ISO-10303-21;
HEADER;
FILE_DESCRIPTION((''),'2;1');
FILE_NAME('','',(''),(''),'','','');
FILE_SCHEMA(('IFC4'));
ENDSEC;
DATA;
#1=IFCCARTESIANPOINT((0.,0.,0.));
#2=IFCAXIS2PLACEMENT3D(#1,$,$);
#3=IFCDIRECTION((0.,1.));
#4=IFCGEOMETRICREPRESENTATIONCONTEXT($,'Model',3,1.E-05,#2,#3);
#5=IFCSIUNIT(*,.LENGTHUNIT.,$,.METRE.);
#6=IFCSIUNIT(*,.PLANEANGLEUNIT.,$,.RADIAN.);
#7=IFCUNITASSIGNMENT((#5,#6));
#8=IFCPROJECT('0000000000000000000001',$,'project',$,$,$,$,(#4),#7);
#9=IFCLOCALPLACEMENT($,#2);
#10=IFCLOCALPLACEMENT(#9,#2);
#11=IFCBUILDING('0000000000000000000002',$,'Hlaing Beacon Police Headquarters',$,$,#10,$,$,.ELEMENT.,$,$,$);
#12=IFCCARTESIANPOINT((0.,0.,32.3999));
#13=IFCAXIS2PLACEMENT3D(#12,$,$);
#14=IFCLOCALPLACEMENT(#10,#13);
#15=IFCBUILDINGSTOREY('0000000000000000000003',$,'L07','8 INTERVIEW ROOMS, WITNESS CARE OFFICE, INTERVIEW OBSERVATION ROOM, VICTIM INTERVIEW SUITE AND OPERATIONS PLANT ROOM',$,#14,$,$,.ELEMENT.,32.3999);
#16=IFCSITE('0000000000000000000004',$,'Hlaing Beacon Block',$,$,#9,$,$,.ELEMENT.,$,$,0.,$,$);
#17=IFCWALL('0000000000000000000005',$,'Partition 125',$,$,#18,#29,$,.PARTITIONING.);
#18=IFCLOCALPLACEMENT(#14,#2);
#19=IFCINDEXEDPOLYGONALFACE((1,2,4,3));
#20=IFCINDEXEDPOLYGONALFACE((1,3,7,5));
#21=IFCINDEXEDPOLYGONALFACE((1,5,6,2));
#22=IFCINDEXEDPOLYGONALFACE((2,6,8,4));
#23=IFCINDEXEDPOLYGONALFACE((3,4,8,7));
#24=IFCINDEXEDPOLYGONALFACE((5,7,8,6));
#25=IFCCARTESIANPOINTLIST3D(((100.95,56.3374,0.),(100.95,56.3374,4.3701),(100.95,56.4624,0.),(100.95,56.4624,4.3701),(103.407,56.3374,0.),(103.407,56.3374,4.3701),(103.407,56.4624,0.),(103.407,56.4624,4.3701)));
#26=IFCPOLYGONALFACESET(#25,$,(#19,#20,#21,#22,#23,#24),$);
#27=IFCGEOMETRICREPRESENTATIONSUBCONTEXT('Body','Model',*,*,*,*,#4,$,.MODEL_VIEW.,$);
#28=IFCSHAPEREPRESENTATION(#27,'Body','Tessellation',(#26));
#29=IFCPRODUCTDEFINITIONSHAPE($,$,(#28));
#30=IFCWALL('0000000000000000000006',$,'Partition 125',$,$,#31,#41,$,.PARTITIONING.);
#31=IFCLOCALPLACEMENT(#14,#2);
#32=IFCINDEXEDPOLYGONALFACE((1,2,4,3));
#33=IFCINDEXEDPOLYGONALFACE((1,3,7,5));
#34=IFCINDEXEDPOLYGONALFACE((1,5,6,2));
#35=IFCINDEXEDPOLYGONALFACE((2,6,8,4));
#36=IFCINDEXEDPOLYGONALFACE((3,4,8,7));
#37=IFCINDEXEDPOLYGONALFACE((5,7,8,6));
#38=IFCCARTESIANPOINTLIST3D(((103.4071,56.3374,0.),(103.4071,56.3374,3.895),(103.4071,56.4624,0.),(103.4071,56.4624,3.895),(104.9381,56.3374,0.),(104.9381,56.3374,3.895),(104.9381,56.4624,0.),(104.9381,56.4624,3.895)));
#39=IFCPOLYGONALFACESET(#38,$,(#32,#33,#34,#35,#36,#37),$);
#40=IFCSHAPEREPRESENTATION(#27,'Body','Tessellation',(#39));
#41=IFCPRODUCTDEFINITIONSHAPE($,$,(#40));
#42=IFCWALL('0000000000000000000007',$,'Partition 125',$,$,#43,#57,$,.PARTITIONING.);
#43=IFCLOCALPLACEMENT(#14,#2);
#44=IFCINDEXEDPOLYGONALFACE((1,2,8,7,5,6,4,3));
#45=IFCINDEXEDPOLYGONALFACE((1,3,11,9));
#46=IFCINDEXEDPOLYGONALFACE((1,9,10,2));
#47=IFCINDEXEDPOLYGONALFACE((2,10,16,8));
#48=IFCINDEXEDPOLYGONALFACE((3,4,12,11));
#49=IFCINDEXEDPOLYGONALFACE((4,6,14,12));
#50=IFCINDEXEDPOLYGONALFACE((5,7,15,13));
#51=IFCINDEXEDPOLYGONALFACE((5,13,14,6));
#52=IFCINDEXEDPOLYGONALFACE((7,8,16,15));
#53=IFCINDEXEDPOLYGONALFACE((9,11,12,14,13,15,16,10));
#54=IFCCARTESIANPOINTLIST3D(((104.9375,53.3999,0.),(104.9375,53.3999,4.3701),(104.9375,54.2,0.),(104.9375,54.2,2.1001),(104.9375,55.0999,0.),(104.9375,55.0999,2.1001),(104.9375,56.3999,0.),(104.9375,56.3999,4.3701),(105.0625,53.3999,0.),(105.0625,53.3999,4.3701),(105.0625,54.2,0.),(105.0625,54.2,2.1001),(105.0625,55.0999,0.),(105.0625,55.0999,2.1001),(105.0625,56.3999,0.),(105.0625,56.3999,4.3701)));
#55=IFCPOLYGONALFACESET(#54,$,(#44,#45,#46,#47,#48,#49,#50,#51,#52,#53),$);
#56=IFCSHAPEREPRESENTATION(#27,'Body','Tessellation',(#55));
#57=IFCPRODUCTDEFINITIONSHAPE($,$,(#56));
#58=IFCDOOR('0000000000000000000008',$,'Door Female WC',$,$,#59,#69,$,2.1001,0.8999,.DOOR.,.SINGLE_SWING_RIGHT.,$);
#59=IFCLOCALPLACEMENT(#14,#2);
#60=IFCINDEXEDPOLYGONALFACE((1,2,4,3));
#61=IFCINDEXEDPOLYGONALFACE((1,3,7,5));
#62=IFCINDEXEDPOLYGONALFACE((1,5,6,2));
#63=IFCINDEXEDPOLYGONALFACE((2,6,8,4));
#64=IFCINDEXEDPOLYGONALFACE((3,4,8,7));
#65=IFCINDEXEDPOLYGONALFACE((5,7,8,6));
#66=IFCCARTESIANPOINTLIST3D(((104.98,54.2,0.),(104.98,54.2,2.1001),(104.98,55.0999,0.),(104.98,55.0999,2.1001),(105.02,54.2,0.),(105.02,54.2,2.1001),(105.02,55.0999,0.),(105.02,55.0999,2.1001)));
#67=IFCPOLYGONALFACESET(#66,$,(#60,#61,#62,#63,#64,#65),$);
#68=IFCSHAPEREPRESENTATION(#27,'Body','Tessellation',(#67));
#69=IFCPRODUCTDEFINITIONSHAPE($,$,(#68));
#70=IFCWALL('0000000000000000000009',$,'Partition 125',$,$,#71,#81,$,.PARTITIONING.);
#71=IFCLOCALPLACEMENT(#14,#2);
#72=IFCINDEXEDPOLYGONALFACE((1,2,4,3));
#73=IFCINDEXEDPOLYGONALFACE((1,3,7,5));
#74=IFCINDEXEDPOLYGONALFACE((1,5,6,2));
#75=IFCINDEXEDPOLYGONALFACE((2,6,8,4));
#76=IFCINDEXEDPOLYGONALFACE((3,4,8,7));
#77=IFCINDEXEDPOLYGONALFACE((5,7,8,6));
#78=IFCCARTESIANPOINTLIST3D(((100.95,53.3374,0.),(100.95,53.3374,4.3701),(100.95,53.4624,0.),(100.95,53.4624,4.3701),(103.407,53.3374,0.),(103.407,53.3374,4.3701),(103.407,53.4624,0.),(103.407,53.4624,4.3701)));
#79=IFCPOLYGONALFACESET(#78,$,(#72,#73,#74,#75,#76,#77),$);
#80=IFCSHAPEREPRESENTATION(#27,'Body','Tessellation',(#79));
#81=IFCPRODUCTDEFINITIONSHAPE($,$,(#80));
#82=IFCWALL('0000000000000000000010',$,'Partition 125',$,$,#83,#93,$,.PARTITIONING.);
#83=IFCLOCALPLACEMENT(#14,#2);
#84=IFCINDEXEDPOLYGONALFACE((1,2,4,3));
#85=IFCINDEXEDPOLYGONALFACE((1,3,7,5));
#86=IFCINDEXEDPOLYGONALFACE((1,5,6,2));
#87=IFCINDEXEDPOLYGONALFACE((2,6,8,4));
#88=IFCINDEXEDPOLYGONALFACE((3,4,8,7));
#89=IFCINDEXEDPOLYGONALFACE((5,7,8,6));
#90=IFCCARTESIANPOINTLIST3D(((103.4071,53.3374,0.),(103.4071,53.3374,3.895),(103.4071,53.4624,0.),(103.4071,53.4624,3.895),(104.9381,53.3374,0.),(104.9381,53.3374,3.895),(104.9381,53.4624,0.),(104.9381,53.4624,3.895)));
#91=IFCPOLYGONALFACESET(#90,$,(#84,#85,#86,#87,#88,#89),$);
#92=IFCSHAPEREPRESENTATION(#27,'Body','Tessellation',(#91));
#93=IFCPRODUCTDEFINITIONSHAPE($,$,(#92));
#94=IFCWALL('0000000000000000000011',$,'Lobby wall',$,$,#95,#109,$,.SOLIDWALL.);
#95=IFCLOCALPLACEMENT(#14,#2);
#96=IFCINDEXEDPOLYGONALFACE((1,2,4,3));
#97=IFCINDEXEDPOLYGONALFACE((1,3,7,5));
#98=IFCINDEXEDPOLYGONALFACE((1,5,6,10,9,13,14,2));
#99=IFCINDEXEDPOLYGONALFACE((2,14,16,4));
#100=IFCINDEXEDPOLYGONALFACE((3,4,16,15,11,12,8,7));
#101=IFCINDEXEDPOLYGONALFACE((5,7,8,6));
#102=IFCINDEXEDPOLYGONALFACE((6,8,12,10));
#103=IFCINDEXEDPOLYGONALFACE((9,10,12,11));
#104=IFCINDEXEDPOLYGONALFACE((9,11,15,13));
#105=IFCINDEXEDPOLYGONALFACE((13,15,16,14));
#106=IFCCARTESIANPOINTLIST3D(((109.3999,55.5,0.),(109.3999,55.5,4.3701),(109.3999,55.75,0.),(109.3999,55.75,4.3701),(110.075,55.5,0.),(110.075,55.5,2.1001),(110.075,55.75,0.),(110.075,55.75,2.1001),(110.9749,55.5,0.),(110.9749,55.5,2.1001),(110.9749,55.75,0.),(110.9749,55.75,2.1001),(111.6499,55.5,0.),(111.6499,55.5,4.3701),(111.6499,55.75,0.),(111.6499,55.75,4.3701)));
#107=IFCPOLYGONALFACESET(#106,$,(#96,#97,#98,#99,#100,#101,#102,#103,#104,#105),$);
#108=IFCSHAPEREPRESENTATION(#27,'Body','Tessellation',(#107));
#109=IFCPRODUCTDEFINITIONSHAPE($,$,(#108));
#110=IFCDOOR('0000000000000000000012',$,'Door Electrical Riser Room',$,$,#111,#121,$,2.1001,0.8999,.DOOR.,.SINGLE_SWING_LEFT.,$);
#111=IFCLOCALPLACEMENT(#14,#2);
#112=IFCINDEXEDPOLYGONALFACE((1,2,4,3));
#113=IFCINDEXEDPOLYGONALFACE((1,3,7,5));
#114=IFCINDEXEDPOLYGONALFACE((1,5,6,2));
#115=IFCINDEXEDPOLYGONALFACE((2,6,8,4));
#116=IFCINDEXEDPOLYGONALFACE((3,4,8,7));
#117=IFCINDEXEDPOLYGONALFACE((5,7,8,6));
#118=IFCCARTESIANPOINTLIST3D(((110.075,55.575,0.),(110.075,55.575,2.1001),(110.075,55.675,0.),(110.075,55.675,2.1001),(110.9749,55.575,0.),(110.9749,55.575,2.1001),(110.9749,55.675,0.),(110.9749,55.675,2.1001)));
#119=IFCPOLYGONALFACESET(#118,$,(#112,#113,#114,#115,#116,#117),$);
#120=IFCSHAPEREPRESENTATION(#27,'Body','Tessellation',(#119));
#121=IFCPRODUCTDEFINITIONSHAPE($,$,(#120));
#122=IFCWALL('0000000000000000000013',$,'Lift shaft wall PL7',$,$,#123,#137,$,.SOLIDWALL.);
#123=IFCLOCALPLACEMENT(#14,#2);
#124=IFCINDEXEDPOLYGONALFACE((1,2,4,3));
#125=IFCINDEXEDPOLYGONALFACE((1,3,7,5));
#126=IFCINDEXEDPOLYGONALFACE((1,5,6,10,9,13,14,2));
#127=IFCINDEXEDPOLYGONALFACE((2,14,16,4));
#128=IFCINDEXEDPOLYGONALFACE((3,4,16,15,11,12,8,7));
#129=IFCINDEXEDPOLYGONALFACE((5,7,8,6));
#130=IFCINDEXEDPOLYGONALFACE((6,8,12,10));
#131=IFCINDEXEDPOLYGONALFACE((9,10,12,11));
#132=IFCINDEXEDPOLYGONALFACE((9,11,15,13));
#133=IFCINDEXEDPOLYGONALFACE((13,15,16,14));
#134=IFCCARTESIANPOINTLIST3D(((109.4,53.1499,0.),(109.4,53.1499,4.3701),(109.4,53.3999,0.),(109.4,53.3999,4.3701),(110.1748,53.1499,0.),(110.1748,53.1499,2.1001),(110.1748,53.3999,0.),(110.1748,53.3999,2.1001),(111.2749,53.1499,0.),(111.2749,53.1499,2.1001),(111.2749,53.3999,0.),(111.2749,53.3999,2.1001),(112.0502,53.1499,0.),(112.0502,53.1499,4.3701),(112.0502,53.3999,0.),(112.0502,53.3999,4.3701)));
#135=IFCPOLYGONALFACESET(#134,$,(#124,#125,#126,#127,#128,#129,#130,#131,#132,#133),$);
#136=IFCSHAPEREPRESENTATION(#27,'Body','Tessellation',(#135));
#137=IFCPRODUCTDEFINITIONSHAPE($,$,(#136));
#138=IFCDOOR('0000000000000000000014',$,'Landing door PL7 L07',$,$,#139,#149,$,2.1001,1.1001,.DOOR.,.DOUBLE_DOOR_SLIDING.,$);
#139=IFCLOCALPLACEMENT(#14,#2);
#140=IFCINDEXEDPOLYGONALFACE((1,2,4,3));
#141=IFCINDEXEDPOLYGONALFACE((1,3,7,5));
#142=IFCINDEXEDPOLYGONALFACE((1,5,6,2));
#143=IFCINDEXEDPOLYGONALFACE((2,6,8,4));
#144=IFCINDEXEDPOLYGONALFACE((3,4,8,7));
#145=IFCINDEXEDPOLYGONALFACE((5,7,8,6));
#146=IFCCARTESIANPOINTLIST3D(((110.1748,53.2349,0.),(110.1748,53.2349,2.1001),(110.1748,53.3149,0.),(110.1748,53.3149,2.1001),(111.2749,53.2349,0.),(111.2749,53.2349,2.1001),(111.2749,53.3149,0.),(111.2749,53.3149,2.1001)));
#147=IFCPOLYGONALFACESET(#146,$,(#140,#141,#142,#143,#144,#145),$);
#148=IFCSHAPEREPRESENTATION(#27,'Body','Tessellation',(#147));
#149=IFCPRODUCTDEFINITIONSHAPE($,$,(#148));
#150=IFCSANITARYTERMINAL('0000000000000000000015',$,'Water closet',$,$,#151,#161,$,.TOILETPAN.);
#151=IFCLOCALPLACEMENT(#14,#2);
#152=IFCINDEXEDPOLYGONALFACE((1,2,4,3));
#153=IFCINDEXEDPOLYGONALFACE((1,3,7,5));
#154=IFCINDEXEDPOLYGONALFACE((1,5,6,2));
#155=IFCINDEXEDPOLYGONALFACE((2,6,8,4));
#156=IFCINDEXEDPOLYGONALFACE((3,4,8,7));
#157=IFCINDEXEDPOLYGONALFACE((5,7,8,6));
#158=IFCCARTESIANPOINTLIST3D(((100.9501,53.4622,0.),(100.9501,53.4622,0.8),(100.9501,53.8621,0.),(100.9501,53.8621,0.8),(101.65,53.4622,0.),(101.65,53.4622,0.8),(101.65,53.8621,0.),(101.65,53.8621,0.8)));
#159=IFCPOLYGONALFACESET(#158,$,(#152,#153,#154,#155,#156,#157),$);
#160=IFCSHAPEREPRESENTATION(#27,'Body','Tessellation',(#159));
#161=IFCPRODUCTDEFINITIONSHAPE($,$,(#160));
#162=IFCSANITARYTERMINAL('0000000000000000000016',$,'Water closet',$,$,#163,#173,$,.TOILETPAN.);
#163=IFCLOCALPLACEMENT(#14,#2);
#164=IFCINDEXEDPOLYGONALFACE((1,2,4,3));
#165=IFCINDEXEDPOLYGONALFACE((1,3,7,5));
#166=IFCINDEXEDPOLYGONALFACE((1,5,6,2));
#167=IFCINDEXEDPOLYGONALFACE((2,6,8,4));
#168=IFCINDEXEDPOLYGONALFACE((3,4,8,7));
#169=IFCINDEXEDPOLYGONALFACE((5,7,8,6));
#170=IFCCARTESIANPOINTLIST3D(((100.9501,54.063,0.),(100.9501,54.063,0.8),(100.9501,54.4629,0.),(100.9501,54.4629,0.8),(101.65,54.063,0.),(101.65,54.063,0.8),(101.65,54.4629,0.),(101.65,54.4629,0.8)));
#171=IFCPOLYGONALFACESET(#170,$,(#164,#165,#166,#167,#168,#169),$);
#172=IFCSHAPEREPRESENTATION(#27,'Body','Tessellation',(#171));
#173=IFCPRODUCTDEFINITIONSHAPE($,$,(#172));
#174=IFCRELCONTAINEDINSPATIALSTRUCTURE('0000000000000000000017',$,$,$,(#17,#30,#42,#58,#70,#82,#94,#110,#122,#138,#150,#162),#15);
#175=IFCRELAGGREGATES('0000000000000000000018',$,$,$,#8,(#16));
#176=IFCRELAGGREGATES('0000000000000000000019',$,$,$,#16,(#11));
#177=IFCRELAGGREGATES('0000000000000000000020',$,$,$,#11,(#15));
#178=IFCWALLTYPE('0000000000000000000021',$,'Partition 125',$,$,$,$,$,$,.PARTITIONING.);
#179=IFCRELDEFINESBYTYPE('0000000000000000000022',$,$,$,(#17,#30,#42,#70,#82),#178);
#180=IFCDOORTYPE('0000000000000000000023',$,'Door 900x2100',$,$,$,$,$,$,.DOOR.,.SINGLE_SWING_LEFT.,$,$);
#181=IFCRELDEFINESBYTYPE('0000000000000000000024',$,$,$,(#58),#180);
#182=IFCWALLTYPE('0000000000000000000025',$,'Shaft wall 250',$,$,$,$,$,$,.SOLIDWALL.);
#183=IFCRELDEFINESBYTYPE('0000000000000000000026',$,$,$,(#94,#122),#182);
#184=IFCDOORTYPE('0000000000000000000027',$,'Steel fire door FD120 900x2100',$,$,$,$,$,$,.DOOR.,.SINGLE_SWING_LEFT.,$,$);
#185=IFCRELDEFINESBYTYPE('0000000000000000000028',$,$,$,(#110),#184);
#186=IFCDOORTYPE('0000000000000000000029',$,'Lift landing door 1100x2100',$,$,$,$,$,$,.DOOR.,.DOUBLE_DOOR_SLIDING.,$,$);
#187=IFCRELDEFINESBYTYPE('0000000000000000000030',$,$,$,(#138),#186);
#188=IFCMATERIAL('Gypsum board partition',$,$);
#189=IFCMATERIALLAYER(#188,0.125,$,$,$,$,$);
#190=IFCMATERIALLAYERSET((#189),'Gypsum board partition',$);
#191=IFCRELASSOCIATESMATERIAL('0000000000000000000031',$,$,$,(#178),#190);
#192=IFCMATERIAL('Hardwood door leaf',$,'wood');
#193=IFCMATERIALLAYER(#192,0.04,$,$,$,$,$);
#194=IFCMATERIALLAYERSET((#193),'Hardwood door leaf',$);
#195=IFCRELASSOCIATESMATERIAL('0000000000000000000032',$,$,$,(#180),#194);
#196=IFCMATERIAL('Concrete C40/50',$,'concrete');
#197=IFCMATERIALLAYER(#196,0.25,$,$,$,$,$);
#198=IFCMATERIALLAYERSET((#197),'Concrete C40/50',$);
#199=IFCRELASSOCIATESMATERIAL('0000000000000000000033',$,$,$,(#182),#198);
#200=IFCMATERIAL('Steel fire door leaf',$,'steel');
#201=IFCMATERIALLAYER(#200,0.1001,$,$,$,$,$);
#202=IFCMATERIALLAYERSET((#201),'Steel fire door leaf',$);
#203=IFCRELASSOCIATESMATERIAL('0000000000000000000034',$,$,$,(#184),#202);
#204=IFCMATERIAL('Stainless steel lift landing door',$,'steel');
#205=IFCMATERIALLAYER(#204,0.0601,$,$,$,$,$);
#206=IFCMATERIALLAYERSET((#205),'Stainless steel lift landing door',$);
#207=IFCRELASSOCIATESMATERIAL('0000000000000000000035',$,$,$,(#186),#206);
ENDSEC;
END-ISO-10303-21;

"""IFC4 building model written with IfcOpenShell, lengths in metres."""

from ifc_helpers import new_model, si_unit, direction, frame, frame_2d, origin, origin_2d, place, context, subcontext, project, spatial, rectangle, extrude, material, layer, layer_set, type_object, element, fill, save


model = new_model("IFC4")

# Units and contexts
model_context = context("Model", 3, precision=1e-05, world=origin(), true_north=direction((0.0, 1.0)))
body_context = subcontext(model_context, "Body", "Model", "MODEL_VIEW")
ifc_project = project(units=[si_unit("LENGTHUNIT", "METRE"), si_unit("PLANEANGLEUNIT", "RADIAN")], contexts=[model_context])

# Site, building, storey
site_placement = place(None, origin())
site = spatial("IfcSite", under=ifc_project, at=site_placement, Name="Hlaing Beacon Block", CompositionType="ELEMENT", RefElevation=0.0)
building_placement = place(site_placement, origin())
building = spatial("IfcBuilding", under=site, at=building_placement, Name="Hlaing Beacon Police Headquarters", CompositionType="ELEMENT")
storey_placement = place(building_placement, frame((0.0, 0.0, 32.3999)))
storey = spatial("IfcBuildingStorey", under=building, at=storey_placement, Name="L07", Description="8 INTERVIEW ROOMS, WITNESS CARE OFFICE, INTERVIEW OBSERVATION ROOM, VICTIM INTERVIEW SUITE AND OPERATIONS PLANT ROOM", CompositionType="ELEMENT", Elevation=32.3999)

# Walls
ifc_material_1 = material(Name="Gypsum board partition")
ifc_layer_1 = layer(ifc_material_1, 0.125)
ifc_layer_set_1 = layer_set([ifc_layer_1], Name="Gypsum board partition")
wall_type_1 = type_object("IfcWallType", Name="Partition 125", PredefinedType="PARTITIONING", material=ifc_layer_set_1)
wall_1_placement = place(storey_placement, frame((100.95, 56.3999, 0.0), z_axis=(0.0, 0.0, 1.0), x_axis=(1.0, 0.0, 0.0)))
element("IfcWall", 1, at=wall_1_placement, inside=storey, type_object=wall_type_1, Name="Partition 125", PredefinedType="PARTITIONING", context=body_context, shape_type="SweptSolid", body=[
    extrude(rectangle(XDim=2.457, YDim=0.125, at=frame_2d((1.2285, 0.0))), origin(), (0.0, 0.0, 1.0), 4.3701),
])
wall_2_placement = place(storey_placement, frame((103.407, 56.3999, 0.0), z_axis=(0.0, 0.0, 1.0), x_axis=(1.0, 0.0, 0.0)))
element("IfcWall", 2, at=wall_2_placement, inside=storey, type_object=wall_type_1, Name="Partition 125", PredefinedType="PARTITIONING", context=body_context, shape_type="SweptSolid", body=[
    extrude(rectangle(XDim=1.531, YDim=0.125, at=frame_2d((0.7656, 0.0))), origin(), (0.0, 0.0, 1.0), 3.895),
])

# Wall, opening, door
wall_3_placement = place(storey_placement, frame((105.0, 53.3999, 0.0), z_axis=(0.0, 0.0, 1.0), x_axis=(0.0, 1.0, 0.0)))
wall_3 = element("IfcWall", 3, at=wall_3_placement, inside=storey, type_object=wall_type_1, Name="Partition 125", PredefinedType="PARTITIONING", context=body_context, shape_type="SweptSolid", body=[
    extrude(rectangle(XDim=3.0, YDim=0.125, at=frame_2d((1.5, 0.0))), origin(), (0.0, 0.0, 1.0), 4.3701),
])
opening_1_placement = place(wall_3_placement, frame((0.8, 0.0, 0.0)))
opening_1 = element("IfcOpeningElement", 4, at=opening_1_placement, cuts=wall_3, PredefinedType="OPENING", context=body_context, shape_type="SweptSolid", body=[
    extrude(rectangle(XDim=0.8999, YDim=2.1001, at=frame_2d((0.45, 1.05))), frame((0.0, 0.0725, 0.0), z_axis=(0.0, -1.0, 0.0), x_axis=(1.0, 0.0, 0.0)), (0.0, 0.0, 1.0), 0.145),
])
ifc_material_2 = material(Name="Hardwood door leaf", Category="wood")
ifc_layer_2 = layer(ifc_material_2, 0.04)
ifc_layer_set_2 = layer_set([ifc_layer_2], Name="Hardwood door leaf")
door_type_1 = type_object("IfcDoorType", Name="Door 900x2100", OperationType="SINGLE_SWING_LEFT", PredefinedType="DOOR", material=ifc_layer_set_2)
door_1_placement = place(opening_1_placement, origin())
door_1 = element("IfcDoor", 5, at=door_1_placement, inside=storey, type_object=door_type_1, Name="Door Female WC", OperationType="SINGLE_SWING_RIGHT", OverallHeight=2.1001, OverallWidth=0.8999, PredefinedType="DOOR", context=body_context, shape_type="SweptSolid", body=[
    extrude(rectangle(XDim=0.8999, YDim=2.1001, at=frame_2d((0.45, 1.05))), frame((0.0, 0.02, 0.0), z_axis=(0.0, -1.0, 0.0), x_axis=(1.0, 0.0, 0.0)), (0.0, 0.0, 1.0), 0.04),
])
fill(opening_1, door_1)

# Walls
wall_4_placement = place(storey_placement, frame((100.95, 53.3999, 0.0), z_axis=(0.0, 0.0, 1.0), x_axis=(1.0, 0.0, 0.0)))
element("IfcWall", 6, at=wall_4_placement, inside=storey, type_object=wall_type_1, Name="Partition 125", PredefinedType="PARTITIONING", context=body_context, shape_type="SweptSolid", body=[
    extrude(rectangle(XDim=2.457, YDim=0.125, at=frame_2d((1.2285, 0.0))), origin(), (0.0, 0.0, 1.0), 4.3701),
])
wall_5_placement = place(storey_placement, frame((103.407, 53.3999, 0.0), z_axis=(0.0, 0.0, 1.0), x_axis=(1.0, 0.0, 0.0)))
element("IfcWall", 7, at=wall_5_placement, inside=storey, type_object=wall_type_1, Name="Partition 125", PredefinedType="PARTITIONING", context=body_context, shape_type="SweptSolid", body=[
    extrude(rectangle(XDim=1.531, YDim=0.125, at=frame_2d((0.7656, 0.0))), origin(), (0.0, 0.0, 1.0), 3.895),
])

# Walls, openings, doors
ifc_material_3 = material(Name="Concrete C40/50", Category="concrete")
ifc_layer_3 = layer(ifc_material_3, 0.25)
ifc_layer_set_3 = layer_set([ifc_layer_3], Name="Concrete C40/50")
wall_type_2 = type_object("IfcWallType", Name="Shaft wall 250", PredefinedType="SOLIDWALL", material=ifc_layer_set_3)
wall_6_placement = place(storey_placement, frame((109.3999, 55.625, 0.0), z_axis=(0.0, 0.0, 1.0), x_axis=(1.0, 0.0, 0.0)))
wall_6 = element("IfcWall", 8, at=wall_6_placement, inside=storey, type_object=wall_type_2, Name="Lobby wall", PredefinedType="SOLIDWALL", context=body_context, shape_type="SweptSolid", body=[
    extrude(rectangle(XDim=2.25, YDim=0.25, at=frame_2d((1.125, 0.0))), origin(), (0.0, 0.0, 1.0), 4.3701),
])
opening_2_placement = place(wall_6_placement, frame((0.675, 0.0, 0.0)))
opening_2 = element("IfcOpeningElement", 9, at=opening_2_placement, cuts=wall_6, PredefinedType="OPENING", context=body_context, shape_type="SweptSolid", body=[
    extrude(rectangle(XDim=0.8999, YDim=2.1001, at=frame_2d((0.45, 1.05))), frame((0.0, 0.135, 0.0), z_axis=(0.0, -1.0, 0.0), x_axis=(1.0, 0.0, 0.0)), (0.0, 0.0, 1.0), 0.27),
])
ifc_material_4 = material(Name="Steel fire door leaf", Category="steel")
ifc_layer_4 = layer(ifc_material_4, 0.1001)
ifc_layer_set_4 = layer_set([ifc_layer_4], Name="Steel fire door leaf")
door_type_2 = type_object("IfcDoorType", Name="Steel fire door FD120 900x2100", OperationType="SINGLE_SWING_LEFT", PredefinedType="DOOR", material=ifc_layer_set_4)
door_2_placement = place(opening_2_placement, origin())
door_2 = element("IfcDoor", 10, at=door_2_placement, inside=storey, type_object=door_type_2, Name="Door Electrical Riser Room", OperationType="SINGLE_SWING_LEFT", OverallHeight=2.1001, OverallWidth=0.8999, PredefinedType="DOOR", context=body_context, shape_type="SweptSolid", body=[
    extrude(rectangle(XDim=0.8999, YDim=2.1001, at=frame_2d((0.45, 1.05))), frame((0.0, 0.05, 0.0), z_axis=(0.0, -1.0, 0.0), x_axis=(1.0, 0.0, 0.0)), (0.0, 0.0, 1.0), 0.1001),
])
fill(opening_2, door_2)
wall_7_placement = place(storey_placement, frame((109.3999, 53.2749, 0.0), z_axis=(0.0, 0.0, 1.0), x_axis=(1.0, 0.0, 0.0)))
wall_7 = element("IfcWall", 11, at=wall_7_placement, inside=storey, type_object=wall_type_2, Name="Lift shaft wall PL7", PredefinedType="SOLIDWALL", context=body_context, shape_type="SweptSolid", body=[
    extrude(rectangle(XDim=2.6501, YDim=0.25, at=frame_2d((1.3252, 0.0))), origin(), (0.0, 0.0, 1.0), 4.3701),
])
opening_3_placement = place(wall_7_placement, frame((0.7749, 0.0, 0.0)))
opening_3 = element("IfcOpeningElement", 12, at=opening_3_placement, cuts=wall_7, PredefinedType="OPENING", context=body_context, shape_type="SweptSolid", body=[
    extrude(rectangle(XDim=1.1001, YDim=2.1001, at=frame_2d((0.55, 1.05))), frame((0.0, 0.135, 0.0), z_axis=(0.0, -1.0, 0.0), x_axis=(1.0, 0.0, 0.0)), (0.0, 0.0, 1.0), 0.27),
])
ifc_material_5 = material(Name="Stainless steel lift landing door", Category="steel")
ifc_layer_5 = layer(ifc_material_5, 0.0601)
ifc_layer_set_5 = layer_set([ifc_layer_5], Name="Stainless steel lift landing door")
door_type_3 = type_object("IfcDoorType", Name="Lift landing door 1100x2100", OperationType="DOUBLE_DOOR_SLIDING", PredefinedType="DOOR", material=ifc_layer_set_5)
door_3_placement = place(opening_3_placement, origin())
door_3 = element("IfcDoor", 13, at=door_3_placement, inside=storey, type_object=door_type_3, Name="Landing door PL7 L07", OperationType="DOUBLE_DOOR_SLIDING", OverallHeight=2.1001, OverallWidth=1.1001, PredefinedType="DOOR", context=body_context, shape_type="SweptSolid", body=[
    extrude(rectangle(XDim=1.1001, YDim=2.1001, at=frame_2d((0.55, 1.05))), frame((0.0, 0.04, 0.0), z_axis=(0.0, -1.0, 0.0), x_axis=(1.0, 0.0, 0.0)), (0.0, 0.0, 1.0), 0.0801),
])
fill(opening_3, door_3)

# Sanitary terminals
for number, where, z_axis, x_axis, name in (
    (14, (101.3, 53.6621, 0.0), (0.0, 0.0, 1.0), (1.0, 0.0, 0.0), "Water closet"),
    (15, (101.3, 54.2629, 0.0), (0.0, 0.0, 1.0), (1.0, 0.0, 0.0), "Water closet"),
):
    element("IfcSanitaryTerminal", number, at=place(storey_placement, frame(where, z_axis=z_axis, x_axis=x_axis)), inside=storey, Name=name, PredefinedType="TOILETPAN", context=body_context, shape_type="SweptSolid", body=[
        extrude(rectangle(XDim=0.7, YDim=0.3999, at=origin_2d()), origin(), (0.0, 0.0, 1.0), 0.8),
    ])

save(model, "model.ifc")
